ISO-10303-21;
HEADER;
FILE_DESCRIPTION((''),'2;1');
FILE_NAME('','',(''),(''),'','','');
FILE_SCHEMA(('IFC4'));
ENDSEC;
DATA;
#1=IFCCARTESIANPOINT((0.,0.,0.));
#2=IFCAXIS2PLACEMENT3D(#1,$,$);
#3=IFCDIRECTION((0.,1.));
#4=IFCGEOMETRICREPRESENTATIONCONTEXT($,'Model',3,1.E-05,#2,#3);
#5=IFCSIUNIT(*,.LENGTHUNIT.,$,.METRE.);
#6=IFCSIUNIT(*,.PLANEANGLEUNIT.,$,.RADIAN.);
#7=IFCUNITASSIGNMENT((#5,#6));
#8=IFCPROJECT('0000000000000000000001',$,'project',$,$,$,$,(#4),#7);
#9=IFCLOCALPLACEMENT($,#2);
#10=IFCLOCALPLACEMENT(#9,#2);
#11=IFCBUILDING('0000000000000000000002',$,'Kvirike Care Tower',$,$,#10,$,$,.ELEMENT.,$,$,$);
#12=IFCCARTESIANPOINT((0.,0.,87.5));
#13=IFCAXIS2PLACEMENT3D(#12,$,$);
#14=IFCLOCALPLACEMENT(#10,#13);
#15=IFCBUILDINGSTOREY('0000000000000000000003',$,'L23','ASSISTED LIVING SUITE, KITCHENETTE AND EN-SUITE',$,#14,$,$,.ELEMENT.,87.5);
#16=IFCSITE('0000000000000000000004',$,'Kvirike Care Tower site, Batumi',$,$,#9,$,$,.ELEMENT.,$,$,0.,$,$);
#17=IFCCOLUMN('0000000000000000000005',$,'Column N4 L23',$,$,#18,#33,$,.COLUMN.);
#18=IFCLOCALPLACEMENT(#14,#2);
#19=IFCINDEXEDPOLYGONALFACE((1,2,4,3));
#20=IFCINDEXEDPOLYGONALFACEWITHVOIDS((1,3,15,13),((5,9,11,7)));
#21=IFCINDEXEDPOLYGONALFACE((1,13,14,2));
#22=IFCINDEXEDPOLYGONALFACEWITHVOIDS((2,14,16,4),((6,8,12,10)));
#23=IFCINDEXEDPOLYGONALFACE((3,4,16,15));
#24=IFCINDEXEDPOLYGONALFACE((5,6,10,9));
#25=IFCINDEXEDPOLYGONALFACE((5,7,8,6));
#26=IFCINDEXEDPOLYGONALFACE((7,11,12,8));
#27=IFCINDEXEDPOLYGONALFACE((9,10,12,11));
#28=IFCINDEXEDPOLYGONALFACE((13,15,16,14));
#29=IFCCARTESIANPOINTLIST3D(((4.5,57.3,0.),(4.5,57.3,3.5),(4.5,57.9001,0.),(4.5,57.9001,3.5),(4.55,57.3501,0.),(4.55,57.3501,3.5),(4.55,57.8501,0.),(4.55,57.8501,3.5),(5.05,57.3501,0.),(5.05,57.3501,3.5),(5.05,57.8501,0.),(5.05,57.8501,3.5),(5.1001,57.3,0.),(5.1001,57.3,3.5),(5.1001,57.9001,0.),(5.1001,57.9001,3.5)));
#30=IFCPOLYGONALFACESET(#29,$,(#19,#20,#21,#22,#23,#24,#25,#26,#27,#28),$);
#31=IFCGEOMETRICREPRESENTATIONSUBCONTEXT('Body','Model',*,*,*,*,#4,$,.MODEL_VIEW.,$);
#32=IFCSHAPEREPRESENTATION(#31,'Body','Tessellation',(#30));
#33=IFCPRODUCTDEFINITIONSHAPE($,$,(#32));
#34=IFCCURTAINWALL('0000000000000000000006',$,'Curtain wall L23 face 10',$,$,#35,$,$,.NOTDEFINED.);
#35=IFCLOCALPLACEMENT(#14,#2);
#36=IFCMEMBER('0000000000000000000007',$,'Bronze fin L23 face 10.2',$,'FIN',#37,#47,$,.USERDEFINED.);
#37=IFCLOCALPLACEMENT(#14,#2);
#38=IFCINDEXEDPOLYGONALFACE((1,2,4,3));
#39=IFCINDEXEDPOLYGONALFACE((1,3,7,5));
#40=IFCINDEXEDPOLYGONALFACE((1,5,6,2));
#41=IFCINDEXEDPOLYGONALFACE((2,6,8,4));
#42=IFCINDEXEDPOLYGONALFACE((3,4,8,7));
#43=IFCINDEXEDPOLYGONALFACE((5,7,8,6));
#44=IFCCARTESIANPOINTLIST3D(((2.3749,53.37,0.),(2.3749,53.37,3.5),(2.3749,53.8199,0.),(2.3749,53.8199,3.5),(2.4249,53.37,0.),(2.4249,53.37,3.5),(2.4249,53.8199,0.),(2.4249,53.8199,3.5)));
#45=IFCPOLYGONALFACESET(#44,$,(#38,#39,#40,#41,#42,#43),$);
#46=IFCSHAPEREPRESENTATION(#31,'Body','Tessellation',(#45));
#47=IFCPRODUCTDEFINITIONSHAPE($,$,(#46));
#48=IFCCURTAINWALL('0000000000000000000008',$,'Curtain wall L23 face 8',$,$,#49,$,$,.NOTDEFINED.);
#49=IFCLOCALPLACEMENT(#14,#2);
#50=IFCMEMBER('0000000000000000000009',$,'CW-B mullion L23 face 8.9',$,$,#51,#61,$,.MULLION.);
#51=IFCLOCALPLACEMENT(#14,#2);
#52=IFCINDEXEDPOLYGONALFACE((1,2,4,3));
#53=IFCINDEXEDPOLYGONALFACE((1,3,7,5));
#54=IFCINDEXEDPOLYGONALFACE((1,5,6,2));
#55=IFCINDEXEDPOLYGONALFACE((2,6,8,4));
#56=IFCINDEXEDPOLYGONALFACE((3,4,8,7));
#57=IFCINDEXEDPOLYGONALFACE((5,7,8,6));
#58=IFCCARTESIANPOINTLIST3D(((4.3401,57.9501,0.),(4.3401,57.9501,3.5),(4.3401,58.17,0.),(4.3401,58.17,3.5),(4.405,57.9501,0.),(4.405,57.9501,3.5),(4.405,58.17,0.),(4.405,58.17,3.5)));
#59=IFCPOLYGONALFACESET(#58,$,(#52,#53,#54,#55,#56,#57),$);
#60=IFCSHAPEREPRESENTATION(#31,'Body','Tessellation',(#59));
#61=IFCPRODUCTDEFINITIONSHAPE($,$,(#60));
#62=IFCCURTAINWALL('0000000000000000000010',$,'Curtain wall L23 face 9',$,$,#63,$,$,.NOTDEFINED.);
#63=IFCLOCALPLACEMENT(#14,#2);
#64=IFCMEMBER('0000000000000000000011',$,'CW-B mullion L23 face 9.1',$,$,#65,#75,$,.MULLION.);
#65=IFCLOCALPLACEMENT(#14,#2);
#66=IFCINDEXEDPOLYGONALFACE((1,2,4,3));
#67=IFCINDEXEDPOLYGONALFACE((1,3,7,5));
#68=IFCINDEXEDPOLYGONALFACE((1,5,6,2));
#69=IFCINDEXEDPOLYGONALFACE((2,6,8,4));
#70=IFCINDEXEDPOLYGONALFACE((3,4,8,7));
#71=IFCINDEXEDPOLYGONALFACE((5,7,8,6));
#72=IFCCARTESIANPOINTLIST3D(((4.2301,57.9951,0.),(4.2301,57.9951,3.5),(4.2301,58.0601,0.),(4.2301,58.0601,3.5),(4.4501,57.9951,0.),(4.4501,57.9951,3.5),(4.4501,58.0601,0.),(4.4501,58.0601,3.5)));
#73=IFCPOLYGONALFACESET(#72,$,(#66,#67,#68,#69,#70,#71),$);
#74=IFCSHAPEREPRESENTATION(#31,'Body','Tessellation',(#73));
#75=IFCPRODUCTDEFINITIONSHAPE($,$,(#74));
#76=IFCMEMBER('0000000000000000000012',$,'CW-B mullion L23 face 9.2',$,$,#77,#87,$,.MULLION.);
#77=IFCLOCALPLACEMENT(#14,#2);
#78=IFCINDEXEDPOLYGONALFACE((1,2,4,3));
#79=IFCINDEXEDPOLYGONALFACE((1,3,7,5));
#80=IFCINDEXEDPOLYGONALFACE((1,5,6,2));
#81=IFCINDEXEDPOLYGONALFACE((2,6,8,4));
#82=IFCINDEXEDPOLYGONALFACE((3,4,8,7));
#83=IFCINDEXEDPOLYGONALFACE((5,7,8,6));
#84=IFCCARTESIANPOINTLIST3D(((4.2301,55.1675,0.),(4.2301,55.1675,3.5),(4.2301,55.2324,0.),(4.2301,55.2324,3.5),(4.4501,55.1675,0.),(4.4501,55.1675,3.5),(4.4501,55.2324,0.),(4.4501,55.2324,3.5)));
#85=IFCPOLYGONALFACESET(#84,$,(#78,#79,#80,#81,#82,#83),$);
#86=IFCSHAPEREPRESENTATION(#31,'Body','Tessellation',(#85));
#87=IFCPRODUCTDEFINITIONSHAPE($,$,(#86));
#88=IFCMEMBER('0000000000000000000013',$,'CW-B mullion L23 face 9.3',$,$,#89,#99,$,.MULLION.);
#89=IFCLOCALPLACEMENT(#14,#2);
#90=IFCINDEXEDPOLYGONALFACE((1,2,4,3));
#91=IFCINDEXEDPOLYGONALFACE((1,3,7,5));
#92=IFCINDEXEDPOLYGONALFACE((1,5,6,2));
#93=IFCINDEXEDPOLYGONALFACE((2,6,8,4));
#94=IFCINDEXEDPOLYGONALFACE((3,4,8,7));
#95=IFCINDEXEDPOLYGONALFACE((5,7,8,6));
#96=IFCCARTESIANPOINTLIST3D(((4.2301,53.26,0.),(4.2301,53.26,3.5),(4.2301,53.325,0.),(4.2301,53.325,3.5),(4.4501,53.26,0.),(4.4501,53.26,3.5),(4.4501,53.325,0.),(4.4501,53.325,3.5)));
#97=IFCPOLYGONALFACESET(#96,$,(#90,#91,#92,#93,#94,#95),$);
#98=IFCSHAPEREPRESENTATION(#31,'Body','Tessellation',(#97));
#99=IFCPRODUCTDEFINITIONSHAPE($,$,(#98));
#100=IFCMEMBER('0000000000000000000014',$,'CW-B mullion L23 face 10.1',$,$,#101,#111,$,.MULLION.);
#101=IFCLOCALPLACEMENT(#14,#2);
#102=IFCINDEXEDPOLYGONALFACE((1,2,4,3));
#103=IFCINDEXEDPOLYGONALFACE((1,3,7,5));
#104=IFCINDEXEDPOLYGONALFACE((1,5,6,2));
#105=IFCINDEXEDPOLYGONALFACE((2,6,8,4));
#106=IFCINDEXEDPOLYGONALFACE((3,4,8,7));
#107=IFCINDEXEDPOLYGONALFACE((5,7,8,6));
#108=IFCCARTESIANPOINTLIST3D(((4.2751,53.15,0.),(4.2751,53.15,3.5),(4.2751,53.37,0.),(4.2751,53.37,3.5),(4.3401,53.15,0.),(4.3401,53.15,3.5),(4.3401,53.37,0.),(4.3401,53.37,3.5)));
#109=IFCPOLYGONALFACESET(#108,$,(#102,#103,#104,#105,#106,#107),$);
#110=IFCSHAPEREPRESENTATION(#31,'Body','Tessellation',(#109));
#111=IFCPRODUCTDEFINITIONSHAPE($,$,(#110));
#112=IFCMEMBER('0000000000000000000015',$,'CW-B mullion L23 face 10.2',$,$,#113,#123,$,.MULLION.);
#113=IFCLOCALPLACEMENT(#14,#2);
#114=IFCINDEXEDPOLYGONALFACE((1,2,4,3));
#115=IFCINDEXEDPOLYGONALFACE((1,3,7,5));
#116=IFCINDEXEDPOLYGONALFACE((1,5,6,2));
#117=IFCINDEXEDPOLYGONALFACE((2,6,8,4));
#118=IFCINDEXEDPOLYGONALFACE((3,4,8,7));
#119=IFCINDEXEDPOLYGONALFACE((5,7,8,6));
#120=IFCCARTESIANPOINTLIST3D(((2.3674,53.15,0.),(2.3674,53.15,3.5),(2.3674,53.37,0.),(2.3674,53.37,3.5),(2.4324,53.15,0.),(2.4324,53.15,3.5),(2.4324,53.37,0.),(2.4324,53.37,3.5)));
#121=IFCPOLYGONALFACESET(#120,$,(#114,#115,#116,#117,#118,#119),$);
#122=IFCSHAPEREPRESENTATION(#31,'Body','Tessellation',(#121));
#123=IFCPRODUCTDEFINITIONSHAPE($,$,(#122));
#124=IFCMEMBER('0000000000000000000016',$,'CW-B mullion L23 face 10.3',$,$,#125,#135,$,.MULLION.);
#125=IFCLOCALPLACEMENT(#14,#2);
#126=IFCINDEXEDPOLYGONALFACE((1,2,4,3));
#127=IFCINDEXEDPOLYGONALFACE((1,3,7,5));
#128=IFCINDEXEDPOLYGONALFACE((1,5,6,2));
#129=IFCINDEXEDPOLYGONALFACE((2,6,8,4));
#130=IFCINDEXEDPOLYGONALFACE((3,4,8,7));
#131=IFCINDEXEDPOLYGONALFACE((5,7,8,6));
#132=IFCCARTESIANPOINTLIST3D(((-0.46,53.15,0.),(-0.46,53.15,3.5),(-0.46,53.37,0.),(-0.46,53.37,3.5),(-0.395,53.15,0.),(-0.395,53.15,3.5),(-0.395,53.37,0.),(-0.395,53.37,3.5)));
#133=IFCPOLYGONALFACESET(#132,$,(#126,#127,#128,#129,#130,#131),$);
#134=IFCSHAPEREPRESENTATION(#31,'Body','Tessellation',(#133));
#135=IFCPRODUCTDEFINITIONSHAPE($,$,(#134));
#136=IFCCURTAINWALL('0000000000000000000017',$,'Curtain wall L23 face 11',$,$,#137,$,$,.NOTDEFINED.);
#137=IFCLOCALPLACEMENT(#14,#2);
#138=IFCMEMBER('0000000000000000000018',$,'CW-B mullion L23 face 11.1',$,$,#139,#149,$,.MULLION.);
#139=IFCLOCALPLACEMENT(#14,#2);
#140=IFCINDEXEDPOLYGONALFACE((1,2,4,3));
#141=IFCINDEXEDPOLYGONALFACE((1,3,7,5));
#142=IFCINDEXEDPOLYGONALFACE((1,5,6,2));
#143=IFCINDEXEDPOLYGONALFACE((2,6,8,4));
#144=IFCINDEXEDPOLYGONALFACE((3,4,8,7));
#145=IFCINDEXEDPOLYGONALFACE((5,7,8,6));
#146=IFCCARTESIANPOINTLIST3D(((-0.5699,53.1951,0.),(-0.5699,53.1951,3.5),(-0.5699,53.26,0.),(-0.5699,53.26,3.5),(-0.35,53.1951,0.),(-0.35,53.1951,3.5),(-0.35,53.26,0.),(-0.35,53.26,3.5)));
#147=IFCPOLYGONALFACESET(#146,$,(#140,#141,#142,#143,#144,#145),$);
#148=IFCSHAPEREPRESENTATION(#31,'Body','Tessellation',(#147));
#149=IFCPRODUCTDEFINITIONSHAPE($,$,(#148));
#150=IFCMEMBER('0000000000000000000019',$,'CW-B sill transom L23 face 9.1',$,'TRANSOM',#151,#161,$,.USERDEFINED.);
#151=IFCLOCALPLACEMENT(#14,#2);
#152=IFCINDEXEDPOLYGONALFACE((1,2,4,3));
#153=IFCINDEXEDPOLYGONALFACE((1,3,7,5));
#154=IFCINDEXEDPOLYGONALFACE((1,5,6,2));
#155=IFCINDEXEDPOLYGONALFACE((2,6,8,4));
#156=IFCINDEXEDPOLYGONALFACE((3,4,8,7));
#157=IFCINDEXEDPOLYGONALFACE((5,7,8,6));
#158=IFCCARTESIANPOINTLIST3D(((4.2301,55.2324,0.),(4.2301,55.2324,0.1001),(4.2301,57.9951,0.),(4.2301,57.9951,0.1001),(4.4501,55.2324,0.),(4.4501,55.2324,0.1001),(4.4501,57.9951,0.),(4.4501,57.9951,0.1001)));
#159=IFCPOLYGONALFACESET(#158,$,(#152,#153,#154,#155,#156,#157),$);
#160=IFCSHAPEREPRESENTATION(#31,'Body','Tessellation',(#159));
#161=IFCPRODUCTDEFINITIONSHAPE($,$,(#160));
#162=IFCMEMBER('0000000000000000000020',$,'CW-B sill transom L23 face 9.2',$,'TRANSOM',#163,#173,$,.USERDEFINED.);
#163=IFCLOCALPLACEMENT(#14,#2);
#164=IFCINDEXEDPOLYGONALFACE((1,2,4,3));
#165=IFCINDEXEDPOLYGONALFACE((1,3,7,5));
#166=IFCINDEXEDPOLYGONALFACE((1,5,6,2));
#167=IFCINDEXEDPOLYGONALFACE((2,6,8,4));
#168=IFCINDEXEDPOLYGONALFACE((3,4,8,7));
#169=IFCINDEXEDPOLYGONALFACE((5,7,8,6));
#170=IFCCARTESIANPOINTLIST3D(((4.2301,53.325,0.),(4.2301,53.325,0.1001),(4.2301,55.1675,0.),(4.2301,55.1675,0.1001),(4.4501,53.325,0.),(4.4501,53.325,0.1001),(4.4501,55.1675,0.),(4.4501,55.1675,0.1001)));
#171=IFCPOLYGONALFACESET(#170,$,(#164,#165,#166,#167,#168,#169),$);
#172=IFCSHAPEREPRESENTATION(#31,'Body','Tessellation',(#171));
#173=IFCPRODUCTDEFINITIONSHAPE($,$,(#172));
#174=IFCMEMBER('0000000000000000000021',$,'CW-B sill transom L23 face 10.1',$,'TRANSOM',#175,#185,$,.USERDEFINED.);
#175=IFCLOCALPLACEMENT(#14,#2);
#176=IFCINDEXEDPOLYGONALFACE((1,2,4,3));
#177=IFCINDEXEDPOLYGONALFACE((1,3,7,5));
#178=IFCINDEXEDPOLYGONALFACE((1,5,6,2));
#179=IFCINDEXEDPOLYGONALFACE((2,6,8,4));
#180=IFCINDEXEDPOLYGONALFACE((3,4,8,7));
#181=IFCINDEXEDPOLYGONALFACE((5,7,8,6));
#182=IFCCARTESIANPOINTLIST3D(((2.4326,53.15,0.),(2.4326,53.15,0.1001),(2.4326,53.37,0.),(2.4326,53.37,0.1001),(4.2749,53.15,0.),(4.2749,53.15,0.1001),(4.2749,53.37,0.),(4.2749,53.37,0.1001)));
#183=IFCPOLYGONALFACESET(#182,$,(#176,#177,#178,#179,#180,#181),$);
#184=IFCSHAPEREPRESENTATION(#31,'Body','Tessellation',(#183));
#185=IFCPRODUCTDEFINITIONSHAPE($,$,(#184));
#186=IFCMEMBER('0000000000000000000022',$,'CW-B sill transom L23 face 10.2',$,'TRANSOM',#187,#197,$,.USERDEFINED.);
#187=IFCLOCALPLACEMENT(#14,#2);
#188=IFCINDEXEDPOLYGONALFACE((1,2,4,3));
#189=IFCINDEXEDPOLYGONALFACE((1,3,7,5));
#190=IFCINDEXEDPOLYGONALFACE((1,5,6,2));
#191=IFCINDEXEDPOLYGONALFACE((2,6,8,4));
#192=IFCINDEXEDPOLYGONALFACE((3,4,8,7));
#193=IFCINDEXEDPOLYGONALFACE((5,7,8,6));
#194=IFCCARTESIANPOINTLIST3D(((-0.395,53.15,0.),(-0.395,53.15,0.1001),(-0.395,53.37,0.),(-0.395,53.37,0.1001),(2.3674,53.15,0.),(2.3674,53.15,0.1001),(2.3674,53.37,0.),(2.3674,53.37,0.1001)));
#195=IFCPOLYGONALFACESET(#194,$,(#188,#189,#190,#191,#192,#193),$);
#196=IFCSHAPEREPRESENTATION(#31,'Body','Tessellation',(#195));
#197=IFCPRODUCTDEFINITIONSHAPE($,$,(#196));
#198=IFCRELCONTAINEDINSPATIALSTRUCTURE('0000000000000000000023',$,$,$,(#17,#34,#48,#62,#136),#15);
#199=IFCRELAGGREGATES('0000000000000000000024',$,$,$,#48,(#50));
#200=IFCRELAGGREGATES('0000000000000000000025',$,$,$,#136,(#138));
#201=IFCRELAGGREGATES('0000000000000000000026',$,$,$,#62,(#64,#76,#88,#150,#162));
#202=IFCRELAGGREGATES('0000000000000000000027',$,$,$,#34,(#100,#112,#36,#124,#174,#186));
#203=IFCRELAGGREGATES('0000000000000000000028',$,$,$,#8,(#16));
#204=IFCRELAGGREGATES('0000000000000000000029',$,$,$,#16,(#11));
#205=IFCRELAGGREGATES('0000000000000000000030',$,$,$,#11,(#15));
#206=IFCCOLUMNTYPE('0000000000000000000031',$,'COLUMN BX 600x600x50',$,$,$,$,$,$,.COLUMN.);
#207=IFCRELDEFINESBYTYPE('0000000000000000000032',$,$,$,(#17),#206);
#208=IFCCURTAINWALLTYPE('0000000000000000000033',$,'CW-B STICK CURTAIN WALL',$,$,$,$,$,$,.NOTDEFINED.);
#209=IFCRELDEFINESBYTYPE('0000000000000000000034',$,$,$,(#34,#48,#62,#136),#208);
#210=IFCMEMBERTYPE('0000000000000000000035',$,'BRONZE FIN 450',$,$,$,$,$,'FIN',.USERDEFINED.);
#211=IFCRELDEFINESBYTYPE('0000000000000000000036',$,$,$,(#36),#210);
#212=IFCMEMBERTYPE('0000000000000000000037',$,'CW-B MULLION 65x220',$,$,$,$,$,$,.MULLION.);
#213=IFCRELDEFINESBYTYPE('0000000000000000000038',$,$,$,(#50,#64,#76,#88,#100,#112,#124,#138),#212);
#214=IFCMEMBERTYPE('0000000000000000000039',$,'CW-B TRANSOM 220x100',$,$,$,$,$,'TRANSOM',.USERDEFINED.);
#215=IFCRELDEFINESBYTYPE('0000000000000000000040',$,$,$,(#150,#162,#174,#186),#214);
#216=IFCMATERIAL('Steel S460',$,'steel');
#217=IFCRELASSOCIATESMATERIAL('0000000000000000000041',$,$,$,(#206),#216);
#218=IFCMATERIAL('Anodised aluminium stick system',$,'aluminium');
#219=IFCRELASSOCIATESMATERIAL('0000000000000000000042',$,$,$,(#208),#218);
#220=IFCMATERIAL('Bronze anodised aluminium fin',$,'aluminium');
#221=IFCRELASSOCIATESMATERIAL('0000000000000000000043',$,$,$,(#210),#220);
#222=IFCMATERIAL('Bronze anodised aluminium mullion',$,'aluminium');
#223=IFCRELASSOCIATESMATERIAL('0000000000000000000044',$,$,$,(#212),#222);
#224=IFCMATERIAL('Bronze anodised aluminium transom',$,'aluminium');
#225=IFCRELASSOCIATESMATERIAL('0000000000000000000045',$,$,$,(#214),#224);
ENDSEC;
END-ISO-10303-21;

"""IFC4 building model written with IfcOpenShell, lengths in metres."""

from ifc_helpers import new_model, si_unit, direction, frame, origin, origin_2d, place, context, subcontext, project, spatial, rectangle, hollow_rectangle, extrude, material, material_profile, profile_set, type_object, element, aggregate, save


model = new_model("IFC4")

# Units and contexts
model_context = context("Model", 3, precision=1e-05, world=origin(), true_north=direction((0.0, 1.0)))
body_context = subcontext(model_context, "Body", "Model", "MODEL_VIEW")
ifc_project = project(units=[si_unit("LENGTHUNIT", "METRE"), si_unit("PLANEANGLEUNIT", "RADIAN")], contexts=[model_context])

# Site, building, storey
site_placement = place(None, origin())
site = spatial("IfcSite", under=ifc_project, at=site_placement, Name="Kvirike Care Tower site, Batumi", CompositionType="ELEMENT", RefElevation=0.0)
building_placement = place(site_placement, origin())
building = spatial("IfcBuilding", under=site, at=building_placement, Name="Kvirike Care Tower", CompositionType="ELEMENT")
storey_placement = place(building_placement, frame((0.0, 0.0, 87.5)))
storey = spatial("IfcBuildingStorey", under=building, at=storey_placement, Name="L23", Description="ASSISTED LIVING SUITE, KITCHENETTE AND EN-SUITE", CompositionType="ELEMENT", Elevation=87.5)

# Column
ifc_material_1 = material(Name="Steel S460", Category="steel")
ifc_material_profile_1 = material_profile(ifc_material_1, hollow_rectangle(XDim=0.6001, YDim=0.6001, WallThickness=0.05, at=origin_2d()), Name="BX 600x600x50")
ifc_profile_set_1 = profile_set([ifc_material_profile_1], Name="Steel S460")
column_type = type_object("IfcColumnType", Name="COLUMN BX 600x600x50", PredefinedType="COLUMN", material=ifc_profile_set_1)
column_placement = place(storey_placement, frame((4.8, 57.6001, 0.0), z_axis=(0.0, 0.0, 1.0), x_axis=(0.0, 1.0, 0.0)))
element("IfcColumn", 1, at=column_placement, inside=storey, type_object=column_type, Name="Column N4 L23", PredefinedType="COLUMN", context=body_context, shape_type="SweptSolid", body=[
    extrude(hollow_rectangle(XDim=0.6001, YDim=0.6001, WallThickness=0.05, at=origin_2d()), origin(), (0.0, 0.0, 1.0), 3.5),
])

# Curtain walls, members
ifc_material_2 = material(Name="Anodised aluminium stick system", Category="aluminium")
curtain_wall_type = type_object("IfcCurtainWallType", Name="CW-B STICK CURTAIN WALL", PredefinedType="NOTDEFINED", material=ifc_material_2)
curtain_wall_1_placement = place(storey_placement, origin())
curtain_wall_1 = element("IfcCurtainWall", 2, at=curtain_wall_1_placement, inside=storey, type_object=curtain_wall_type, Name="Curtain wall L23 face 10", PredefinedType="NOTDEFINED")
ifc_material_3 = material(Name="Bronze anodised aluminium fin", Category="aluminium")
ifc_material_profile_2 = material_profile(ifc_material_3, rectangle(XDim=0.05, YDim=0.45, at=origin_2d()), Name="BRONZE FIN 450")
ifc_profile_set_2 = profile_set([ifc_material_profile_2], Name="Bronze anodised aluminium fin")
member_type_1 = type_object("IfcMemberType", Name="BRONZE FIN 450", ElementType="FIN", PredefinedType="USERDEFINED", material=ifc_profile_set_2)
member_1_placement = place(storey_placement, frame((2.3999, 53.595, 0.0), z_axis=(0.0, 0.0, 1.0), x_axis=(-1.0, 0.0, 0.0)))
member_1 = element("IfcMember", 3, at=member_1_placement, type_object=member_type_1, Name="Bronze fin L23 face 10.2", ObjectType="FIN", PredefinedType="USERDEFINED", context=body_context, shape_type="SweptSolid", body=[
    extrude(rectangle(XDim=0.05, YDim=0.45, at=origin_2d()), origin(), (0.0, 0.0, 1.0), 3.5),
])
curtain_wall_2_placement = place(storey_placement, origin())
curtain_wall_2 = element("IfcCurtainWall", 4, at=curtain_wall_2_placement, inside=storey, type_object=curtain_wall_type, Name="Curtain wall L23 face 8", PredefinedType="NOTDEFINED")
ifc_material_4 = material(Name="Bronze anodised aluminium mullion", Category="aluminium")
ifc_material_profile_3 = material_profile(ifc_material_4, rectangle(XDim=0.0649, YDim=0.22, at=origin_2d()), Name="CW-B MULLION 65x220")
ifc_profile_set_3 = profile_set([ifc_material_profile_3], Name="Bronze anodised aluminium mullion")
member_type_2 = type_object("IfcMemberType", Name="CW-B MULLION 65x220", PredefinedType="MULLION", material=ifc_profile_set_3)
member_2_placement = place(storey_placement, frame((4.3726, 58.0601, 0.0), z_axis=(0.0, 0.0, 1.0), x_axis=(-1.0, 0.0, 0.0)))
member_2 = element("IfcMember", 5, at=member_2_placement, type_object=member_type_2, Name="CW-B mullion L23 face 8.9", PredefinedType="MULLION", context=body_context, shape_type="SweptSolid", body=[
    extrude(rectangle(XDim=0.0649, YDim=0.22, at=origin_2d()), origin(), (0.0, 0.0, 1.0), 3.5),
])
aggregate(curtain_wall_2, [member_2])

# Curtain wall, members
curtain_wall_3_placement = place(storey_placement, origin())
curtain_wall_3 = element("IfcCurtainWall", 6, at=curtain_wall_3_placement, inside=storey, type_object=curtain_wall_type, Name="Curtain wall L23 face 9", PredefinedType="NOTDEFINED")
member_3_placement = place(storey_placement, frame((4.3401, 58.0276, 0.0), z_axis=(0.0, 0.0, 1.0), x_axis=(0.0, -1.0, 0.0)))
member_3 = element("IfcMember", 7, at=member_3_placement, type_object=member_type_2, Name="CW-B mullion L23 face 9.1", PredefinedType="MULLION", context=body_context, shape_type="SweptSolid", body=[
    extrude(rectangle(XDim=0.0649, YDim=0.22, at=origin_2d()), origin(), (0.0, 0.0, 1.0), 3.5),
])
member_4_placement = place(storey_placement, frame((4.3401, 55.2, 0.0), z_axis=(0.0, 0.0, 1.0), x_axis=(0.0, -1.0, 0.0)))
member_4 = element("IfcMember", 8, at=member_4_placement, type_object=member_type_2, Name="CW-B mullion L23 face 9.2", PredefinedType="MULLION", context=body_context, shape_type="SweptSolid", body=[
    extrude(rectangle(XDim=0.0649, YDim=0.22, at=origin_2d()), origin(), (0.0, 0.0, 1.0), 3.5),
])
member_5_placement = place(storey_placement, frame((4.3401, 53.2925, 0.0), z_axis=(0.0, 0.0, 1.0), x_axis=(0.0, -1.0, 0.0)))
member_5 = element("IfcMember", 9, at=member_5_placement, type_object=member_type_2, Name="CW-B mullion L23 face 9.3", PredefinedType="MULLION", context=body_context, shape_type="SweptSolid", body=[
    extrude(rectangle(XDim=0.0649, YDim=0.22, at=origin_2d()), origin(), (0.0, 0.0, 1.0), 3.5),
])

# Members
member_6_placement = place(storey_placement, frame((4.3076, 53.26, 0.0), z_axis=(0.0, 0.0, 1.0), x_axis=(-1.0, 0.0, 0.0)))
member_6 = element("IfcMember", 10, at=member_6_placement, type_object=member_type_2, Name="CW-B mullion L23 face 10.1", PredefinedType="MULLION", context=body_context, shape_type="SweptSolid", body=[
    extrude(rectangle(XDim=0.0649, YDim=0.22, at=origin_2d()), origin(), (0.0, 0.0, 1.0), 3.5),
])
member_7_placement = place(storey_placement, frame((2.3999, 53.26, 0.0), z_axis=(0.0, 0.0, 1.0), x_axis=(-1.0, 0.0, 0.0)))
member_7 = element("IfcMember", 11, at=member_7_placement, type_object=member_type_2, Name="CW-B mullion L23 face 10.2", PredefinedType="MULLION", context=body_context, shape_type="SweptSolid", body=[
    extrude(rectangle(XDim=0.0649, YDim=0.22, at=origin_2d()), origin(), (0.0, 0.0, 1.0), 3.5),
])
member_8_placement = place(storey_placement, frame((-0.4275, 53.26, 0.0), z_axis=(0.0, 0.0, 1.0), x_axis=(-1.0, 0.0, 0.0)))
member_8 = element("IfcMember", 12, at=member_8_placement, type_object=member_type_2, Name="CW-B mullion L23 face 10.3", PredefinedType="MULLION", context=body_context, shape_type="SweptSolid", body=[
    extrude(rectangle(XDim=0.0649, YDim=0.22, at=origin_2d()), origin(), (0.0, 0.0, 1.0), 3.5),
])

# Curtain wall, member
curtain_wall_4_placement = place(storey_placement, origin())
curtain_wall_4 = element("IfcCurtainWall", 13, at=curtain_wall_4_placement, inside=storey, type_object=curtain_wall_type, Name="Curtain wall L23 face 11", PredefinedType="NOTDEFINED")
member_9_placement = place(storey_placement, frame((-0.46, 53.2275, 0.0), z_axis=(0.0, 0.0, 1.0), x_axis=(0.0, -1.0, 0.0)))
member_9 = element("IfcMember", 14, at=member_9_placement, type_object=member_type_2, Name="CW-B mullion L23 face 11.1", PredefinedType="MULLION", context=body_context, shape_type="SweptSolid", body=[
    extrude(rectangle(XDim=0.0649, YDim=0.22, at=origin_2d()), origin(), (0.0, 0.0, 1.0), 3.5),
])

# Members
ifc_material_5 = material(Name="Bronze anodised aluminium transom", Category="aluminium")
ifc_material_profile_4 = material_profile(ifc_material_5, rectangle(XDim=0.22, YDim=0.1001, at=origin_2d()), Name="CW-B TRANSOM 220x100")
ifc_profile_set_4 = profile_set([ifc_material_profile_4], Name="Bronze anodised aluminium transom")
member_type_3 = type_object("IfcMemberType", Name="CW-B TRANSOM 220x100", ElementType="TRANSOM", PredefinedType="USERDEFINED", material=ifc_profile_set_4)
member_10_placement = place(storey_placement, frame((4.3401, 57.9951, 0.05), z_axis=(0.0, -1.0, 0.0), x_axis=(1.0, 0.0, 0.0)))
member_10 = element("IfcMember", 15, at=member_10_placement, type_object=member_type_3, Name="CW-B sill transom L23 face 9.1", ObjectType="TRANSOM", PredefinedType="USERDEFINED", context=body_context, shape_type="SweptSolid", body=[
    extrude(rectangle(XDim=0.22, YDim=0.1001, at=origin_2d()), origin(), (0.0, 0.0, 1.0), 2.7627),
])
member_11_placement = place(storey_placement, frame((4.3401, 55.1675, 0.05), z_axis=(0.0, -1.0, 0.0), x_axis=(1.0, 0.0, 0.0)))
member_11 = element("IfcMember", 16, at=member_11_placement, type_object=member_type_3, Name="CW-B sill transom L23 face 9.2", ObjectType="TRANSOM", PredefinedType="USERDEFINED", context=body_context, shape_type="SweptSolid", body=[
    extrude(rectangle(XDim=0.22, YDim=0.1001, at=origin_2d()), origin(), (0.0, 0.0, 1.0), 1.8425),
])
member_12_placement = place(storey_placement, frame((4.2749, 53.26, 0.05), z_axis=(-1.0, 0.0, 0.0), x_axis=(0.0, -1.0, 0.0)))
member_12 = element("IfcMember", 17, at=member_12_placement, type_object=member_type_3, Name="CW-B sill transom L23 face 10.1", ObjectType="TRANSOM", PredefinedType="USERDEFINED", context=body_context, shape_type="SweptSolid", body=[
    extrude(rectangle(XDim=0.22, YDim=0.1001, at=origin_2d()), origin(), (0.0, 0.0, 1.0), 1.8423),
])
member_13_placement = place(storey_placement, frame((2.3674, 53.26, 0.05), z_axis=(-1.0, 0.0, 0.0), x_axis=(0.0, -1.0, 0.0)))
member_13 = element("IfcMember", 18, at=member_13_placement, type_object=member_type_3, Name="CW-B sill transom L23 face 10.2", ObjectType="TRANSOM", PredefinedType="USERDEFINED", context=body_context, shape_type="SweptSolid", body=[
    extrude(rectangle(XDim=0.22, YDim=0.1001, at=origin_2d()), origin(), (0.0, 0.0, 1.0), 2.7625),
])
aggregate(curtain_wall_4, [member_9])

aggregate(curtain_wall_3, [member_3, member_4, member_5, member_10, member_11])
aggregate(curtain_wall_1, [member_6, member_7, member_1, member_8, member_12, member_13])

save(model, "model.ifc")
